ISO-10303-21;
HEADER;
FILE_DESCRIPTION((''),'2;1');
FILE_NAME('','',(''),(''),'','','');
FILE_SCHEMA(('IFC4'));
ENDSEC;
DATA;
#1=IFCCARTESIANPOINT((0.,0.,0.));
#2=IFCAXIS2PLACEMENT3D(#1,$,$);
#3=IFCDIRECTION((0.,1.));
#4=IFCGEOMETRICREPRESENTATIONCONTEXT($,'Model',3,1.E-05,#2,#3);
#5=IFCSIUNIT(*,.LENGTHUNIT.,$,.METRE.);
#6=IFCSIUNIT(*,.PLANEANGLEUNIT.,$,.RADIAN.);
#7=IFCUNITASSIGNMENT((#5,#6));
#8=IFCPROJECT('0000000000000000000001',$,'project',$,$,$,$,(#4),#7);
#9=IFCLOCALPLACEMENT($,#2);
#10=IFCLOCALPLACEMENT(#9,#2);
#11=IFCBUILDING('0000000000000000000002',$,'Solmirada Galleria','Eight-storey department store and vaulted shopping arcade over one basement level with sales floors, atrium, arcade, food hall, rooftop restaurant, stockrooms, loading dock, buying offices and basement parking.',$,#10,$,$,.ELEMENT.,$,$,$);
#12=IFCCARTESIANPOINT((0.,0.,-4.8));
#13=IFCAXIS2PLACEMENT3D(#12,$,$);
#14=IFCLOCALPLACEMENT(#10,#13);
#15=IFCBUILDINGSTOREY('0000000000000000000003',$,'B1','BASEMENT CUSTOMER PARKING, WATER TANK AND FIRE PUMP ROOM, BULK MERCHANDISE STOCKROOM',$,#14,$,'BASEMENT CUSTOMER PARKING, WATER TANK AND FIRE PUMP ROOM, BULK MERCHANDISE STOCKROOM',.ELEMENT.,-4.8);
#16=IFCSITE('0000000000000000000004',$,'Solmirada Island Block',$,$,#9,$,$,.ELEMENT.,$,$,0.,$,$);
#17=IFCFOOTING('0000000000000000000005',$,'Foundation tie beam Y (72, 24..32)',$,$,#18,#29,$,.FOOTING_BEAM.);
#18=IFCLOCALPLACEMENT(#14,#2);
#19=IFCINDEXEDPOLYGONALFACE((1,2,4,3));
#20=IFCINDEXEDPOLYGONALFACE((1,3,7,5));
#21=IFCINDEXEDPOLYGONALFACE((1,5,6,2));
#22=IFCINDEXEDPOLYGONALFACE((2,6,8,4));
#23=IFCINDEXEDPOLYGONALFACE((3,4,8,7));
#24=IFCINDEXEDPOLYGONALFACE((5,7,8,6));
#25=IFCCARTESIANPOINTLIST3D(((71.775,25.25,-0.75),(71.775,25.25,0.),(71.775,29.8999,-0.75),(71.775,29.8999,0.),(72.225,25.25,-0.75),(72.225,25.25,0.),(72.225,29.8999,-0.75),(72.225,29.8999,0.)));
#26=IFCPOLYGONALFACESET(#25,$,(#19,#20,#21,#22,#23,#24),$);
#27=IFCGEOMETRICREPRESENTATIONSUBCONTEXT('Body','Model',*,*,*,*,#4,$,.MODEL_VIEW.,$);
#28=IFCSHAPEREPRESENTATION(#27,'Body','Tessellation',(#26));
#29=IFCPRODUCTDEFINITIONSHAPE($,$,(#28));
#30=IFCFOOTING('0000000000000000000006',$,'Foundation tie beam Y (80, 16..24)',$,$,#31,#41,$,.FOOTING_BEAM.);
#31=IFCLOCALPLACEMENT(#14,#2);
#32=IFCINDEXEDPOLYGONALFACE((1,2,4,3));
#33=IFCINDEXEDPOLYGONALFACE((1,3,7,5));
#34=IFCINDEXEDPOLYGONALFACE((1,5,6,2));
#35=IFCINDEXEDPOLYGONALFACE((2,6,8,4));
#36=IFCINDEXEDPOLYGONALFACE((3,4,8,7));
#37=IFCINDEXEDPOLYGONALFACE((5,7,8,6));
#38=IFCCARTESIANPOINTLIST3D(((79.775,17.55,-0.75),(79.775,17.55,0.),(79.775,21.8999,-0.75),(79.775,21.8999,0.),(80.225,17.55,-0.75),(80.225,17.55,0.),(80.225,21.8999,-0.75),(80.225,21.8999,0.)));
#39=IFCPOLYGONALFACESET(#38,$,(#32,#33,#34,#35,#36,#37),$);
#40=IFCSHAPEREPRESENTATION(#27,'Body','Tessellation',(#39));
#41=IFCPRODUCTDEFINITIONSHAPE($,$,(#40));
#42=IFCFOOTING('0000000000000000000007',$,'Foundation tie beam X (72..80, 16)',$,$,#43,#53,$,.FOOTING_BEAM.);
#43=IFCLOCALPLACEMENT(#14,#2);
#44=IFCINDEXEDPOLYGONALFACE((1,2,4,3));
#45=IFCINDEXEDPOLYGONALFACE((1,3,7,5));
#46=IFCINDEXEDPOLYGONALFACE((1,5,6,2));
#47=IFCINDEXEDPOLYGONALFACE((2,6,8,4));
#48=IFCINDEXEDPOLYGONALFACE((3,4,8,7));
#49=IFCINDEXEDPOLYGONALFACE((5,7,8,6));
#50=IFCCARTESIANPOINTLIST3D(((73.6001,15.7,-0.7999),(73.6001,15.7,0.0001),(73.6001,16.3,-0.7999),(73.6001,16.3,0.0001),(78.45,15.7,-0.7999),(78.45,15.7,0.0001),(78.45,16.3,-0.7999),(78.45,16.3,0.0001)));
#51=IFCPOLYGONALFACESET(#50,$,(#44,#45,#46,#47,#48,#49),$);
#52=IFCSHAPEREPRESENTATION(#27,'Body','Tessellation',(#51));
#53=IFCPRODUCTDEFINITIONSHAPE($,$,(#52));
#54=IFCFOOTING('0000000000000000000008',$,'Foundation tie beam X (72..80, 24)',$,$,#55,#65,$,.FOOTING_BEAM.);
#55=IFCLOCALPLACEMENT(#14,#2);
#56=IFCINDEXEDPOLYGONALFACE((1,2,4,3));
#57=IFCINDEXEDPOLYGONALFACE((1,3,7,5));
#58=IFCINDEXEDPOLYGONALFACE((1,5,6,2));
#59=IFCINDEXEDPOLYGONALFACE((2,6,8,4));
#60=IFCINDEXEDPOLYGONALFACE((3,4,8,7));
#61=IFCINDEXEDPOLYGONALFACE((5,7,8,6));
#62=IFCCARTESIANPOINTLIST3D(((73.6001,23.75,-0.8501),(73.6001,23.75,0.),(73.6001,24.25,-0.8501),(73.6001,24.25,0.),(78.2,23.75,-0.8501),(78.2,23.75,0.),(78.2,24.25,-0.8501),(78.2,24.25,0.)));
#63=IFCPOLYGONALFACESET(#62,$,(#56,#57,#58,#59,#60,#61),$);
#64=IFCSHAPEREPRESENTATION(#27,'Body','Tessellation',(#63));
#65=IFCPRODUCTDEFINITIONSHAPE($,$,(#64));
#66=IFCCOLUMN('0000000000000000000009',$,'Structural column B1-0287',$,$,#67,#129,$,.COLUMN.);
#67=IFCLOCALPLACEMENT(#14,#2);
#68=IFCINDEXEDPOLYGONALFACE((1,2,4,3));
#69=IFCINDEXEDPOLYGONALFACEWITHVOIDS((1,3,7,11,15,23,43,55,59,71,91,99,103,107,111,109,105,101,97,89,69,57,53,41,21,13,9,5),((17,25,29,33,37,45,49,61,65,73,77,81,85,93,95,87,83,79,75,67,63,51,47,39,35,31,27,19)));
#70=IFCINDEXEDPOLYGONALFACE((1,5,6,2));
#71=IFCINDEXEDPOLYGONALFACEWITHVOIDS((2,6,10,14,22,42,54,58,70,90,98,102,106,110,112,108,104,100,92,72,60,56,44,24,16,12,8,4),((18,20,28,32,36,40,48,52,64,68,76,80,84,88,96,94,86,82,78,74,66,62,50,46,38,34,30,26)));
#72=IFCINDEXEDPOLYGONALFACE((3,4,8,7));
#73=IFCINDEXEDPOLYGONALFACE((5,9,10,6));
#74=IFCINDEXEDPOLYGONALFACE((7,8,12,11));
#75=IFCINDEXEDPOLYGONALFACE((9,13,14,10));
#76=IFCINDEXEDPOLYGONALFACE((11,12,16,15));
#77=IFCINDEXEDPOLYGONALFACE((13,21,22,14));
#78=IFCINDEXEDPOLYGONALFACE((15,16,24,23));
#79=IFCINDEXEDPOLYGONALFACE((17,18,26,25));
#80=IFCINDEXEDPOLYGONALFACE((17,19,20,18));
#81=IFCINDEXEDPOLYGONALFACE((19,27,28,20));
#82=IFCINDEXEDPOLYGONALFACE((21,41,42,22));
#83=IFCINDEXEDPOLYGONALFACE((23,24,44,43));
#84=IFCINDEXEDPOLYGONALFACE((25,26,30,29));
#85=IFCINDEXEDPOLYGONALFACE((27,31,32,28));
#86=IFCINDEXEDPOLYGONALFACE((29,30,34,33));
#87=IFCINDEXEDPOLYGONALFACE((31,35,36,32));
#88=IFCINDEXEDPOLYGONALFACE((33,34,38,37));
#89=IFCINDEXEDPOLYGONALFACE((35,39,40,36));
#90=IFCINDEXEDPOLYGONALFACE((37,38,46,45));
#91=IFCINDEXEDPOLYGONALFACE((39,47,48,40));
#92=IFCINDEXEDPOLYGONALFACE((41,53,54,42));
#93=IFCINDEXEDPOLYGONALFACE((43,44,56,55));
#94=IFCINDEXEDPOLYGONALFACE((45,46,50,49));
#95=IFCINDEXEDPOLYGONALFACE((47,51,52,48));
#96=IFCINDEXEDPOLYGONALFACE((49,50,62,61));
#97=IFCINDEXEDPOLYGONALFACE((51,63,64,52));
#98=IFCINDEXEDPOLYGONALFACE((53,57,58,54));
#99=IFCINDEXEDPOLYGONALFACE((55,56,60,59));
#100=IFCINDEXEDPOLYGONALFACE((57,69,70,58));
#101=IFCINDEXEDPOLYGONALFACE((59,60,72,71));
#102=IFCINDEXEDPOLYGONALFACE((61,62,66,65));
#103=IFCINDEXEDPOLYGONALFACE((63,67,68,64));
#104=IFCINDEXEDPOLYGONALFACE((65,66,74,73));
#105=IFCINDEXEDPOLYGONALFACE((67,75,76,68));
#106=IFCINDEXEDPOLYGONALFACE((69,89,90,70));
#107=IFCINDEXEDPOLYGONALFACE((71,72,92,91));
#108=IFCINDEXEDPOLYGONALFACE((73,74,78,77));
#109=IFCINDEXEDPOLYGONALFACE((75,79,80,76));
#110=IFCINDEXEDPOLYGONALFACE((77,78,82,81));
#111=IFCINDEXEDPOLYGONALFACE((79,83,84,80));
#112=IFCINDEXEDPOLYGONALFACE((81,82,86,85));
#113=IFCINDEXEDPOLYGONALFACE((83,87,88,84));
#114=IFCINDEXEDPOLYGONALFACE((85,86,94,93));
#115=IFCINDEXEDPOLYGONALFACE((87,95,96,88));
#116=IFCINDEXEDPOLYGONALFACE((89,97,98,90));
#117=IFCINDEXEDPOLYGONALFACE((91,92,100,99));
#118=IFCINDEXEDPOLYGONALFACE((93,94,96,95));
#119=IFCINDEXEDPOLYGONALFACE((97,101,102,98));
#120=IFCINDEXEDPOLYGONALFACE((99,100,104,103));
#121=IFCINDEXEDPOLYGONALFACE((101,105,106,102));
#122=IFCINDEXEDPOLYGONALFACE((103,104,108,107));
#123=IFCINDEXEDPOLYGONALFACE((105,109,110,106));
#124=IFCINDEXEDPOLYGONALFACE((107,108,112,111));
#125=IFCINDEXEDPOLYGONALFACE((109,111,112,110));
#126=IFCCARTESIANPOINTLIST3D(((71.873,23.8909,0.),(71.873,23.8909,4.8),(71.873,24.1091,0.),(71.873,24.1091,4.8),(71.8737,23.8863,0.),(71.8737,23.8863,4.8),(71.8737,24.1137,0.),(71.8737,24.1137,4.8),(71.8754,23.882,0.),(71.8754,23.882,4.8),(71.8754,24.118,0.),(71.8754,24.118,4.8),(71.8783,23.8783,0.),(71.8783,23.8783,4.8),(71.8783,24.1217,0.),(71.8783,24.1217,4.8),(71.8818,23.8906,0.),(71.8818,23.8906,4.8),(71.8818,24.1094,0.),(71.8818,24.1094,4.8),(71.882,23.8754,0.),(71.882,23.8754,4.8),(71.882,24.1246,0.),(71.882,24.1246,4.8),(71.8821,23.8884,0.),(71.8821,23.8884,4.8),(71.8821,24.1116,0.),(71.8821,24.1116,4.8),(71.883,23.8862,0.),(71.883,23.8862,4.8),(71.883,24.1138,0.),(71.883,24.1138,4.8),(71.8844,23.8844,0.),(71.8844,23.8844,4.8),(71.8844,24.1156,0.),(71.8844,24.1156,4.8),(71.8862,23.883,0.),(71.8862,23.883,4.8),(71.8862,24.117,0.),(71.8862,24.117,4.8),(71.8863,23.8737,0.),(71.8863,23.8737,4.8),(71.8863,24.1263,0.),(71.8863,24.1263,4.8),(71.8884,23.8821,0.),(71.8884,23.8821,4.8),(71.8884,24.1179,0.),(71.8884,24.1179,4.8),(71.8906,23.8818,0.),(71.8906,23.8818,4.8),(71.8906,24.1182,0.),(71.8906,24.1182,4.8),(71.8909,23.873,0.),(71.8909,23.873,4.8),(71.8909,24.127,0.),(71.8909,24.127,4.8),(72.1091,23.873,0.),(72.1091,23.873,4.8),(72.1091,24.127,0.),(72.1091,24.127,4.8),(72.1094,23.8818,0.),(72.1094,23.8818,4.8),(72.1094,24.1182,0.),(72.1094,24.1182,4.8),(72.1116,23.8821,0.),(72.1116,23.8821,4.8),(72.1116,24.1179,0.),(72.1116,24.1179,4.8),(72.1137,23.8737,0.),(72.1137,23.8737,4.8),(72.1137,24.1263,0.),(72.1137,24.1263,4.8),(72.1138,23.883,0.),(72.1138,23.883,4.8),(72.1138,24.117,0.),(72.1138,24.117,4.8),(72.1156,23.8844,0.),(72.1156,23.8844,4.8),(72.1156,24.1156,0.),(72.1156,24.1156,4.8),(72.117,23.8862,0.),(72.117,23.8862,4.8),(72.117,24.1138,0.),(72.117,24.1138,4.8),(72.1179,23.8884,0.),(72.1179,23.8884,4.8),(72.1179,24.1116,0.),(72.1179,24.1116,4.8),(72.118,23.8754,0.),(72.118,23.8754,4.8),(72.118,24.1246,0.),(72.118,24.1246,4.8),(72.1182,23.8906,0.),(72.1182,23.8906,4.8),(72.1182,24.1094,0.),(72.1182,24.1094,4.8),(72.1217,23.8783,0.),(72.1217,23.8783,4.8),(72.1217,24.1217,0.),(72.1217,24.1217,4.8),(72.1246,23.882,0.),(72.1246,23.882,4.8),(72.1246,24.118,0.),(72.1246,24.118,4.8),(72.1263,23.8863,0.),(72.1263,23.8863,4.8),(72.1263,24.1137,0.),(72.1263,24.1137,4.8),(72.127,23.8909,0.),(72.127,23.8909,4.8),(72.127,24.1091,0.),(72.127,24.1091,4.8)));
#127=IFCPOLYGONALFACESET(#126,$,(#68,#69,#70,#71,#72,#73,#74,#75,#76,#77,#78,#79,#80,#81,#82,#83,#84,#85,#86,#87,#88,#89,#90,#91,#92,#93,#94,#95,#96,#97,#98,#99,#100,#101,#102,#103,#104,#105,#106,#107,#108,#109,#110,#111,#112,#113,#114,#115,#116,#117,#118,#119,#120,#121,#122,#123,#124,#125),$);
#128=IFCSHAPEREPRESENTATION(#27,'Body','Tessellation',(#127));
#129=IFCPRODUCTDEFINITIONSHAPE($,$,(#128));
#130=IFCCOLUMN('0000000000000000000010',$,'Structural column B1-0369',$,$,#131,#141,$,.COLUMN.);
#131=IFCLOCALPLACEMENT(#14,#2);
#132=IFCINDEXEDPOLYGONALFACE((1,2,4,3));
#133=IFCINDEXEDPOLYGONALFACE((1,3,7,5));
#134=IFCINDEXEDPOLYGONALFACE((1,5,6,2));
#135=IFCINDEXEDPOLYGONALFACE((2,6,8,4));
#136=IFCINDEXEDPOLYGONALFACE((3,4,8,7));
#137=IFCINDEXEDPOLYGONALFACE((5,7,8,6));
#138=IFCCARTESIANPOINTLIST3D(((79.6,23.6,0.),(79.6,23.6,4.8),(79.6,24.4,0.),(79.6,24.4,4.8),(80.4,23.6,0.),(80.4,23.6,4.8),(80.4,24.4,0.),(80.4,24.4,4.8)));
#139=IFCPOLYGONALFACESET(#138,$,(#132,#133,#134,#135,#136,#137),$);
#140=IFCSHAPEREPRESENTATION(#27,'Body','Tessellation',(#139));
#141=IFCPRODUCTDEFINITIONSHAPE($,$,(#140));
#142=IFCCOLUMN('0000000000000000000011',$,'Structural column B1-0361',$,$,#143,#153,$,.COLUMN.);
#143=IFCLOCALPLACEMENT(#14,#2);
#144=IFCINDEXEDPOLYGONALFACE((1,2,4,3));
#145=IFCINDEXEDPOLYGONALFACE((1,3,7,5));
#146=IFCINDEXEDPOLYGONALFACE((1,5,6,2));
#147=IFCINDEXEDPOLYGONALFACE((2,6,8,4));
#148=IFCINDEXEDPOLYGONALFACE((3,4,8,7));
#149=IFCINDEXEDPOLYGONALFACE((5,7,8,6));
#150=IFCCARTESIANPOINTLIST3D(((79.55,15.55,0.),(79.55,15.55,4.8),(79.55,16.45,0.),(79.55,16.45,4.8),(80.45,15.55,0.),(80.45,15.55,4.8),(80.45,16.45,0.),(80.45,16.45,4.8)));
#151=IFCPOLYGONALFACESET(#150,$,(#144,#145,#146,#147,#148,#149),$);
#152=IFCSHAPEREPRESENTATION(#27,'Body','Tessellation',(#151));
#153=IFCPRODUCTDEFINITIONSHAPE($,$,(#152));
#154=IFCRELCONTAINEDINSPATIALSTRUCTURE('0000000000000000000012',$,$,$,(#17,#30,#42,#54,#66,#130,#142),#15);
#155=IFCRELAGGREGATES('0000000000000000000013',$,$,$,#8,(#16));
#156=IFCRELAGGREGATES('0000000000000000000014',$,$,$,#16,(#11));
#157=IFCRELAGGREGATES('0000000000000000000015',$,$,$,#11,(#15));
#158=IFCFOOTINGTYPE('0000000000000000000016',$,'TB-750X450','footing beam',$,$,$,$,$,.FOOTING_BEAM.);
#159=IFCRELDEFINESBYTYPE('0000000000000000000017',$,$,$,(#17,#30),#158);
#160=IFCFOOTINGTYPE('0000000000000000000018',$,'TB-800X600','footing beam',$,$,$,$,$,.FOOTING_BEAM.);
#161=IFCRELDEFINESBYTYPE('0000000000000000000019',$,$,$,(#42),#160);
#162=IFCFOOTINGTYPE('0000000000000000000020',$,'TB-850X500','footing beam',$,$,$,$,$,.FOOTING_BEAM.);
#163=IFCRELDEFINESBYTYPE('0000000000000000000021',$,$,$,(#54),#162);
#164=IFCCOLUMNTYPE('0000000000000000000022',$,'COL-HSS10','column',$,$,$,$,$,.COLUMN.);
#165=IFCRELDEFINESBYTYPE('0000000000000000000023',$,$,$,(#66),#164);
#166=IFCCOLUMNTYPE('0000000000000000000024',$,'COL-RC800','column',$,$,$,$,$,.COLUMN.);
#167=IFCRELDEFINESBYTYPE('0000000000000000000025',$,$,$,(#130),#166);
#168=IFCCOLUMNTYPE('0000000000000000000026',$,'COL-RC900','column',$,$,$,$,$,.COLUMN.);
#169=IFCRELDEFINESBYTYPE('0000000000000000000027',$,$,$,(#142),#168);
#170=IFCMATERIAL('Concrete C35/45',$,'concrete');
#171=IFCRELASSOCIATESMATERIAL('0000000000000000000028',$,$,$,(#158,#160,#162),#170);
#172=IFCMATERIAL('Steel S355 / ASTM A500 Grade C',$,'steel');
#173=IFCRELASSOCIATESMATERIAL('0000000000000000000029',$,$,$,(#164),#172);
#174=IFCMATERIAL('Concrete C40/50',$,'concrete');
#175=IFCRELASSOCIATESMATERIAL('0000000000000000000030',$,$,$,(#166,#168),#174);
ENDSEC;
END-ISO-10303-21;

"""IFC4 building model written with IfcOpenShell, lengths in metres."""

from ifc_helpers import new_model, si_unit, direction, frame, origin, origin_2d, place, context, subcontext, project, spatial, rectangle, hollow_rectangle, extrude, material, material_profile, profile_set, type_object, element, save


model = new_model("IFC4")

# Units and contexts
model_context = context("Model", 3, precision=1e-05, world=origin(), true_north=direction((0.0, 1.0)))
body_context = subcontext(model_context, "Body", "Model", "MODEL_VIEW")
ifc_project = project(units=[si_unit("LENGTHUNIT", "METRE"), si_unit("PLANEANGLEUNIT", "RADIAN")], contexts=[model_context])

# Site, building, storey
site_placement = place(None, origin())
site = spatial("IfcSite", under=ifc_project, at=site_placement, Name="Solmirada Island Block", CompositionType="ELEMENT", RefElevation=0.0)
building_placement = place(site_placement, origin())
building = spatial("IfcBuilding", under=site, at=building_placement, Name="Solmirada Galleria", Description="Eight-storey department store and vaulted shopping arcade over one basement level with sales floors, atrium, arcade, food hall, rooftop restaurant, stockrooms, loading dock, buying offices and basement parking.", CompositionType="ELEMENT")
storey_placement = place(building_placement, frame((0.0, 0.0, -4.8)))
storey = spatial("IfcBuildingStorey", under=building, at=storey_placement, Name="B1", Description="BASEMENT CUSTOMER PARKING, WATER TANK AND FIRE PUMP ROOM, BULK MERCHANDISE STOCKROOM", LongName="BASEMENT CUSTOMER PARKING, WATER TANK AND FIRE PUMP ROOM, BULK MERCHANDISE STOCKROOM", CompositionType="ELEMENT", Elevation=-4.8)

# Shared definitions
ifc_material_1 = material(Name="Concrete C35/45", Category="concrete")

# Shared definitions
ifc_material_2 = material(Name="Concrete C40/50", Category="concrete")

# Footings
ifc_material_profile_1 = material_profile(ifc_material_1, rectangle(XDim=0.45, YDim=0.75, at=origin_2d()), Name="RC750X450")
ifc_profile_set_1 = profile_set([ifc_material_profile_1], Name="Concrete C35/45")
footing_type_1 = type_object("IfcFootingType", Name="TB-750X450", Description="footing beam", PredefinedType="FOOTING_BEAM", material=ifc_profile_set_1)
footing_1_placement = place(storey_placement, frame((72.0, 25.25, -0.375), z_axis=(0.0, 1.0, 0.0), x_axis=(-1.0, 0.0, 0.0)))
element("IfcFooting", 1, at=footing_1_placement, inside=storey, type_object=footing_type_1, Name="Foundation tie beam Y (72, 24..32)", PredefinedType="FOOTING_BEAM", context=body_context, shape_type="SweptSolid", body=[
    extrude(rectangle(XDim=0.45, YDim=0.75, at=origin_2d()), origin(), (0.0, 0.0, 1.0), 4.6499),
])
footing_2_placement = place(storey_placement, frame((80.0, 17.55, -0.375), z_axis=(0.0, 1.0, 0.0), x_axis=(-1.0, 0.0, 0.0)))
element("IfcFooting", 2, at=footing_2_placement, inside=storey, type_object=footing_type_1, Name="Foundation tie beam Y (80, 16..24)", PredefinedType="FOOTING_BEAM", context=body_context, shape_type="SweptSolid", body=[
    extrude(rectangle(XDim=0.45, YDim=0.75, at=origin_2d()), origin(), (0.0, 0.0, 1.0), 4.3499),
])
ifc_material_profile_2 = material_profile(ifc_material_1, rectangle(XDim=0.6001, YDim=0.8, at=origin_2d()), Name="RC800X600")
ifc_profile_set_2 = profile_set([ifc_material_profile_2], Name="Concrete C35/45")
footing_type_2 = type_object("IfcFootingType", Name="TB-800X600", Description="footing beam", PredefinedType="FOOTING_BEAM", material=ifc_profile_set_2)
footing_3_placement = place(storey_placement, frame((73.6001, 16.0, -0.3999), z_axis=(1.0, 0.0, 0.0), x_axis=(0.0, 1.0, 0.0)))
element("IfcFooting", 3, at=footing_3_placement, inside=storey, type_object=footing_type_2, Name="Foundation tie beam X (72..80, 16)", PredefinedType="FOOTING_BEAM", context=body_context, shape_type="SweptSolid", body=[
    extrude(rectangle(XDim=0.6001, YDim=0.8, at=origin_2d()), origin(), (0.0, 0.0, 1.0), 4.8499),
])
ifc_material_profile_3 = material_profile(ifc_material_1, rectangle(XDim=0.5, YDim=0.8501, at=origin_2d()), Name="RC850X500")
ifc_profile_set_3 = profile_set([ifc_material_profile_3], Name="Concrete C35/45")
footing_type_3 = type_object("IfcFootingType", Name="TB-850X500", Description="footing beam", PredefinedType="FOOTING_BEAM", material=ifc_profile_set_3)
footing_4_placement = place(storey_placement, frame((73.6001, 24.0, -0.425), z_axis=(1.0, 0.0, 0.0), x_axis=(0.0, 1.0, 0.0)))
element("IfcFooting", 4, at=footing_4_placement, inside=storey, type_object=footing_type_3, Name="Foundation tie beam X (72..80, 24)", PredefinedType="FOOTING_BEAM", context=body_context, shape_type="SweptSolid", body=[
    extrude(rectangle(XDim=0.5, YDim=0.8501, at=origin_2d()), origin(), (0.0, 0.0, 1.0), 4.5999),
])

# Columns
ifc_material_3 = material(Name="Steel S355 / ASTM A500 Grade C", Category="steel")
ifc_material_profile_4 = material_profile(ifc_material_3, hollow_rectangle(XDim=0.2539, YDim=0.2539, WallThickness=0.0088, InnerFilletRadius=0.0088, OuterFilletRadius=0.0178, at=origin_2d()), Name="HSS10X10X3/8")
ifc_profile_set_4 = profile_set([ifc_material_profile_4], Name="Steel S355 / ASTM A500 Grade C")
column_type_1 = type_object("IfcColumnType", Name="COL-HSS10", Description="column", PredefinedType="COLUMN", material=ifc_profile_set_4)
column_1_placement = place(storey_placement, frame((72.0, 24.0, 0.0), z_axis=(0.0, 0.0, 1.0), x_axis=(1.0, 0.0, 0.0)))
element("IfcColumn", 5, at=column_1_placement, inside=storey, type_object=column_type_1, Name="Structural column B1-0287", PredefinedType="COLUMN", context=body_context, shape_type="SweptSolid", body=[
    extrude(hollow_rectangle(XDim=0.2539, YDim=0.2539, WallThickness=0.0088, InnerFilletRadius=0.0088, OuterFilletRadius=0.0178, at=origin_2d()), origin(), (0.0, 0.0, 1.0), 4.8),
])
ifc_material_profile_5 = material_profile(ifc_material_2, rectangle(XDim=0.8, YDim=0.8, at=origin_2d()), Name="RC800X800")
ifc_profile_set_5 = profile_set([ifc_material_profile_5], Name="Concrete C40/50")
column_type_2 = type_object("IfcColumnType", Name="COL-RC800", Description="column", PredefinedType="COLUMN", material=ifc_profile_set_5)
column_2_placement = place(storey_placement, frame((80.0, 24.0, 0.0), z_axis=(0.0, 0.0, 1.0), x_axis=(1.0, 0.0, 0.0)))
element("IfcColumn", 6, at=column_2_placement, inside=storey, type_object=column_type_2, Name="Structural column B1-0369", PredefinedType="COLUMN", context=body_context, shape_type="SweptSolid", body=[
    extrude(rectangle(XDim=0.8, YDim=0.8, at=origin_2d()), origin(), (0.0, 0.0, 1.0), 4.8),
])
ifc_material_profile_6 = material_profile(ifc_material_2, rectangle(XDim=0.8999, YDim=0.8999, at=origin_2d()), Name="RC900X900")
ifc_profile_set_6 = profile_set([ifc_material_profile_6], Name="Concrete C40/50")
column_type_3 = type_object("IfcColumnType", Name="COL-RC900", Description="column", PredefinedType="COLUMN", material=ifc_profile_set_6)
column_3_placement = place(storey_placement, frame((80.0, 16.0, 0.0), z_axis=(0.0, 0.0, 1.0), x_axis=(1.0, 0.0, 0.0)))
element("IfcColumn", 7, at=column_3_placement, inside=storey, type_object=column_type_3, Name="Structural column B1-0361", PredefinedType="COLUMN", context=body_context, shape_type="SweptSolid", body=[
    extrude(rectangle(XDim=0.8999, YDim=0.8999, at=origin_2d()), origin(), (0.0, 0.0, 1.0), 4.8),
])

save(model, "model.ifc")
